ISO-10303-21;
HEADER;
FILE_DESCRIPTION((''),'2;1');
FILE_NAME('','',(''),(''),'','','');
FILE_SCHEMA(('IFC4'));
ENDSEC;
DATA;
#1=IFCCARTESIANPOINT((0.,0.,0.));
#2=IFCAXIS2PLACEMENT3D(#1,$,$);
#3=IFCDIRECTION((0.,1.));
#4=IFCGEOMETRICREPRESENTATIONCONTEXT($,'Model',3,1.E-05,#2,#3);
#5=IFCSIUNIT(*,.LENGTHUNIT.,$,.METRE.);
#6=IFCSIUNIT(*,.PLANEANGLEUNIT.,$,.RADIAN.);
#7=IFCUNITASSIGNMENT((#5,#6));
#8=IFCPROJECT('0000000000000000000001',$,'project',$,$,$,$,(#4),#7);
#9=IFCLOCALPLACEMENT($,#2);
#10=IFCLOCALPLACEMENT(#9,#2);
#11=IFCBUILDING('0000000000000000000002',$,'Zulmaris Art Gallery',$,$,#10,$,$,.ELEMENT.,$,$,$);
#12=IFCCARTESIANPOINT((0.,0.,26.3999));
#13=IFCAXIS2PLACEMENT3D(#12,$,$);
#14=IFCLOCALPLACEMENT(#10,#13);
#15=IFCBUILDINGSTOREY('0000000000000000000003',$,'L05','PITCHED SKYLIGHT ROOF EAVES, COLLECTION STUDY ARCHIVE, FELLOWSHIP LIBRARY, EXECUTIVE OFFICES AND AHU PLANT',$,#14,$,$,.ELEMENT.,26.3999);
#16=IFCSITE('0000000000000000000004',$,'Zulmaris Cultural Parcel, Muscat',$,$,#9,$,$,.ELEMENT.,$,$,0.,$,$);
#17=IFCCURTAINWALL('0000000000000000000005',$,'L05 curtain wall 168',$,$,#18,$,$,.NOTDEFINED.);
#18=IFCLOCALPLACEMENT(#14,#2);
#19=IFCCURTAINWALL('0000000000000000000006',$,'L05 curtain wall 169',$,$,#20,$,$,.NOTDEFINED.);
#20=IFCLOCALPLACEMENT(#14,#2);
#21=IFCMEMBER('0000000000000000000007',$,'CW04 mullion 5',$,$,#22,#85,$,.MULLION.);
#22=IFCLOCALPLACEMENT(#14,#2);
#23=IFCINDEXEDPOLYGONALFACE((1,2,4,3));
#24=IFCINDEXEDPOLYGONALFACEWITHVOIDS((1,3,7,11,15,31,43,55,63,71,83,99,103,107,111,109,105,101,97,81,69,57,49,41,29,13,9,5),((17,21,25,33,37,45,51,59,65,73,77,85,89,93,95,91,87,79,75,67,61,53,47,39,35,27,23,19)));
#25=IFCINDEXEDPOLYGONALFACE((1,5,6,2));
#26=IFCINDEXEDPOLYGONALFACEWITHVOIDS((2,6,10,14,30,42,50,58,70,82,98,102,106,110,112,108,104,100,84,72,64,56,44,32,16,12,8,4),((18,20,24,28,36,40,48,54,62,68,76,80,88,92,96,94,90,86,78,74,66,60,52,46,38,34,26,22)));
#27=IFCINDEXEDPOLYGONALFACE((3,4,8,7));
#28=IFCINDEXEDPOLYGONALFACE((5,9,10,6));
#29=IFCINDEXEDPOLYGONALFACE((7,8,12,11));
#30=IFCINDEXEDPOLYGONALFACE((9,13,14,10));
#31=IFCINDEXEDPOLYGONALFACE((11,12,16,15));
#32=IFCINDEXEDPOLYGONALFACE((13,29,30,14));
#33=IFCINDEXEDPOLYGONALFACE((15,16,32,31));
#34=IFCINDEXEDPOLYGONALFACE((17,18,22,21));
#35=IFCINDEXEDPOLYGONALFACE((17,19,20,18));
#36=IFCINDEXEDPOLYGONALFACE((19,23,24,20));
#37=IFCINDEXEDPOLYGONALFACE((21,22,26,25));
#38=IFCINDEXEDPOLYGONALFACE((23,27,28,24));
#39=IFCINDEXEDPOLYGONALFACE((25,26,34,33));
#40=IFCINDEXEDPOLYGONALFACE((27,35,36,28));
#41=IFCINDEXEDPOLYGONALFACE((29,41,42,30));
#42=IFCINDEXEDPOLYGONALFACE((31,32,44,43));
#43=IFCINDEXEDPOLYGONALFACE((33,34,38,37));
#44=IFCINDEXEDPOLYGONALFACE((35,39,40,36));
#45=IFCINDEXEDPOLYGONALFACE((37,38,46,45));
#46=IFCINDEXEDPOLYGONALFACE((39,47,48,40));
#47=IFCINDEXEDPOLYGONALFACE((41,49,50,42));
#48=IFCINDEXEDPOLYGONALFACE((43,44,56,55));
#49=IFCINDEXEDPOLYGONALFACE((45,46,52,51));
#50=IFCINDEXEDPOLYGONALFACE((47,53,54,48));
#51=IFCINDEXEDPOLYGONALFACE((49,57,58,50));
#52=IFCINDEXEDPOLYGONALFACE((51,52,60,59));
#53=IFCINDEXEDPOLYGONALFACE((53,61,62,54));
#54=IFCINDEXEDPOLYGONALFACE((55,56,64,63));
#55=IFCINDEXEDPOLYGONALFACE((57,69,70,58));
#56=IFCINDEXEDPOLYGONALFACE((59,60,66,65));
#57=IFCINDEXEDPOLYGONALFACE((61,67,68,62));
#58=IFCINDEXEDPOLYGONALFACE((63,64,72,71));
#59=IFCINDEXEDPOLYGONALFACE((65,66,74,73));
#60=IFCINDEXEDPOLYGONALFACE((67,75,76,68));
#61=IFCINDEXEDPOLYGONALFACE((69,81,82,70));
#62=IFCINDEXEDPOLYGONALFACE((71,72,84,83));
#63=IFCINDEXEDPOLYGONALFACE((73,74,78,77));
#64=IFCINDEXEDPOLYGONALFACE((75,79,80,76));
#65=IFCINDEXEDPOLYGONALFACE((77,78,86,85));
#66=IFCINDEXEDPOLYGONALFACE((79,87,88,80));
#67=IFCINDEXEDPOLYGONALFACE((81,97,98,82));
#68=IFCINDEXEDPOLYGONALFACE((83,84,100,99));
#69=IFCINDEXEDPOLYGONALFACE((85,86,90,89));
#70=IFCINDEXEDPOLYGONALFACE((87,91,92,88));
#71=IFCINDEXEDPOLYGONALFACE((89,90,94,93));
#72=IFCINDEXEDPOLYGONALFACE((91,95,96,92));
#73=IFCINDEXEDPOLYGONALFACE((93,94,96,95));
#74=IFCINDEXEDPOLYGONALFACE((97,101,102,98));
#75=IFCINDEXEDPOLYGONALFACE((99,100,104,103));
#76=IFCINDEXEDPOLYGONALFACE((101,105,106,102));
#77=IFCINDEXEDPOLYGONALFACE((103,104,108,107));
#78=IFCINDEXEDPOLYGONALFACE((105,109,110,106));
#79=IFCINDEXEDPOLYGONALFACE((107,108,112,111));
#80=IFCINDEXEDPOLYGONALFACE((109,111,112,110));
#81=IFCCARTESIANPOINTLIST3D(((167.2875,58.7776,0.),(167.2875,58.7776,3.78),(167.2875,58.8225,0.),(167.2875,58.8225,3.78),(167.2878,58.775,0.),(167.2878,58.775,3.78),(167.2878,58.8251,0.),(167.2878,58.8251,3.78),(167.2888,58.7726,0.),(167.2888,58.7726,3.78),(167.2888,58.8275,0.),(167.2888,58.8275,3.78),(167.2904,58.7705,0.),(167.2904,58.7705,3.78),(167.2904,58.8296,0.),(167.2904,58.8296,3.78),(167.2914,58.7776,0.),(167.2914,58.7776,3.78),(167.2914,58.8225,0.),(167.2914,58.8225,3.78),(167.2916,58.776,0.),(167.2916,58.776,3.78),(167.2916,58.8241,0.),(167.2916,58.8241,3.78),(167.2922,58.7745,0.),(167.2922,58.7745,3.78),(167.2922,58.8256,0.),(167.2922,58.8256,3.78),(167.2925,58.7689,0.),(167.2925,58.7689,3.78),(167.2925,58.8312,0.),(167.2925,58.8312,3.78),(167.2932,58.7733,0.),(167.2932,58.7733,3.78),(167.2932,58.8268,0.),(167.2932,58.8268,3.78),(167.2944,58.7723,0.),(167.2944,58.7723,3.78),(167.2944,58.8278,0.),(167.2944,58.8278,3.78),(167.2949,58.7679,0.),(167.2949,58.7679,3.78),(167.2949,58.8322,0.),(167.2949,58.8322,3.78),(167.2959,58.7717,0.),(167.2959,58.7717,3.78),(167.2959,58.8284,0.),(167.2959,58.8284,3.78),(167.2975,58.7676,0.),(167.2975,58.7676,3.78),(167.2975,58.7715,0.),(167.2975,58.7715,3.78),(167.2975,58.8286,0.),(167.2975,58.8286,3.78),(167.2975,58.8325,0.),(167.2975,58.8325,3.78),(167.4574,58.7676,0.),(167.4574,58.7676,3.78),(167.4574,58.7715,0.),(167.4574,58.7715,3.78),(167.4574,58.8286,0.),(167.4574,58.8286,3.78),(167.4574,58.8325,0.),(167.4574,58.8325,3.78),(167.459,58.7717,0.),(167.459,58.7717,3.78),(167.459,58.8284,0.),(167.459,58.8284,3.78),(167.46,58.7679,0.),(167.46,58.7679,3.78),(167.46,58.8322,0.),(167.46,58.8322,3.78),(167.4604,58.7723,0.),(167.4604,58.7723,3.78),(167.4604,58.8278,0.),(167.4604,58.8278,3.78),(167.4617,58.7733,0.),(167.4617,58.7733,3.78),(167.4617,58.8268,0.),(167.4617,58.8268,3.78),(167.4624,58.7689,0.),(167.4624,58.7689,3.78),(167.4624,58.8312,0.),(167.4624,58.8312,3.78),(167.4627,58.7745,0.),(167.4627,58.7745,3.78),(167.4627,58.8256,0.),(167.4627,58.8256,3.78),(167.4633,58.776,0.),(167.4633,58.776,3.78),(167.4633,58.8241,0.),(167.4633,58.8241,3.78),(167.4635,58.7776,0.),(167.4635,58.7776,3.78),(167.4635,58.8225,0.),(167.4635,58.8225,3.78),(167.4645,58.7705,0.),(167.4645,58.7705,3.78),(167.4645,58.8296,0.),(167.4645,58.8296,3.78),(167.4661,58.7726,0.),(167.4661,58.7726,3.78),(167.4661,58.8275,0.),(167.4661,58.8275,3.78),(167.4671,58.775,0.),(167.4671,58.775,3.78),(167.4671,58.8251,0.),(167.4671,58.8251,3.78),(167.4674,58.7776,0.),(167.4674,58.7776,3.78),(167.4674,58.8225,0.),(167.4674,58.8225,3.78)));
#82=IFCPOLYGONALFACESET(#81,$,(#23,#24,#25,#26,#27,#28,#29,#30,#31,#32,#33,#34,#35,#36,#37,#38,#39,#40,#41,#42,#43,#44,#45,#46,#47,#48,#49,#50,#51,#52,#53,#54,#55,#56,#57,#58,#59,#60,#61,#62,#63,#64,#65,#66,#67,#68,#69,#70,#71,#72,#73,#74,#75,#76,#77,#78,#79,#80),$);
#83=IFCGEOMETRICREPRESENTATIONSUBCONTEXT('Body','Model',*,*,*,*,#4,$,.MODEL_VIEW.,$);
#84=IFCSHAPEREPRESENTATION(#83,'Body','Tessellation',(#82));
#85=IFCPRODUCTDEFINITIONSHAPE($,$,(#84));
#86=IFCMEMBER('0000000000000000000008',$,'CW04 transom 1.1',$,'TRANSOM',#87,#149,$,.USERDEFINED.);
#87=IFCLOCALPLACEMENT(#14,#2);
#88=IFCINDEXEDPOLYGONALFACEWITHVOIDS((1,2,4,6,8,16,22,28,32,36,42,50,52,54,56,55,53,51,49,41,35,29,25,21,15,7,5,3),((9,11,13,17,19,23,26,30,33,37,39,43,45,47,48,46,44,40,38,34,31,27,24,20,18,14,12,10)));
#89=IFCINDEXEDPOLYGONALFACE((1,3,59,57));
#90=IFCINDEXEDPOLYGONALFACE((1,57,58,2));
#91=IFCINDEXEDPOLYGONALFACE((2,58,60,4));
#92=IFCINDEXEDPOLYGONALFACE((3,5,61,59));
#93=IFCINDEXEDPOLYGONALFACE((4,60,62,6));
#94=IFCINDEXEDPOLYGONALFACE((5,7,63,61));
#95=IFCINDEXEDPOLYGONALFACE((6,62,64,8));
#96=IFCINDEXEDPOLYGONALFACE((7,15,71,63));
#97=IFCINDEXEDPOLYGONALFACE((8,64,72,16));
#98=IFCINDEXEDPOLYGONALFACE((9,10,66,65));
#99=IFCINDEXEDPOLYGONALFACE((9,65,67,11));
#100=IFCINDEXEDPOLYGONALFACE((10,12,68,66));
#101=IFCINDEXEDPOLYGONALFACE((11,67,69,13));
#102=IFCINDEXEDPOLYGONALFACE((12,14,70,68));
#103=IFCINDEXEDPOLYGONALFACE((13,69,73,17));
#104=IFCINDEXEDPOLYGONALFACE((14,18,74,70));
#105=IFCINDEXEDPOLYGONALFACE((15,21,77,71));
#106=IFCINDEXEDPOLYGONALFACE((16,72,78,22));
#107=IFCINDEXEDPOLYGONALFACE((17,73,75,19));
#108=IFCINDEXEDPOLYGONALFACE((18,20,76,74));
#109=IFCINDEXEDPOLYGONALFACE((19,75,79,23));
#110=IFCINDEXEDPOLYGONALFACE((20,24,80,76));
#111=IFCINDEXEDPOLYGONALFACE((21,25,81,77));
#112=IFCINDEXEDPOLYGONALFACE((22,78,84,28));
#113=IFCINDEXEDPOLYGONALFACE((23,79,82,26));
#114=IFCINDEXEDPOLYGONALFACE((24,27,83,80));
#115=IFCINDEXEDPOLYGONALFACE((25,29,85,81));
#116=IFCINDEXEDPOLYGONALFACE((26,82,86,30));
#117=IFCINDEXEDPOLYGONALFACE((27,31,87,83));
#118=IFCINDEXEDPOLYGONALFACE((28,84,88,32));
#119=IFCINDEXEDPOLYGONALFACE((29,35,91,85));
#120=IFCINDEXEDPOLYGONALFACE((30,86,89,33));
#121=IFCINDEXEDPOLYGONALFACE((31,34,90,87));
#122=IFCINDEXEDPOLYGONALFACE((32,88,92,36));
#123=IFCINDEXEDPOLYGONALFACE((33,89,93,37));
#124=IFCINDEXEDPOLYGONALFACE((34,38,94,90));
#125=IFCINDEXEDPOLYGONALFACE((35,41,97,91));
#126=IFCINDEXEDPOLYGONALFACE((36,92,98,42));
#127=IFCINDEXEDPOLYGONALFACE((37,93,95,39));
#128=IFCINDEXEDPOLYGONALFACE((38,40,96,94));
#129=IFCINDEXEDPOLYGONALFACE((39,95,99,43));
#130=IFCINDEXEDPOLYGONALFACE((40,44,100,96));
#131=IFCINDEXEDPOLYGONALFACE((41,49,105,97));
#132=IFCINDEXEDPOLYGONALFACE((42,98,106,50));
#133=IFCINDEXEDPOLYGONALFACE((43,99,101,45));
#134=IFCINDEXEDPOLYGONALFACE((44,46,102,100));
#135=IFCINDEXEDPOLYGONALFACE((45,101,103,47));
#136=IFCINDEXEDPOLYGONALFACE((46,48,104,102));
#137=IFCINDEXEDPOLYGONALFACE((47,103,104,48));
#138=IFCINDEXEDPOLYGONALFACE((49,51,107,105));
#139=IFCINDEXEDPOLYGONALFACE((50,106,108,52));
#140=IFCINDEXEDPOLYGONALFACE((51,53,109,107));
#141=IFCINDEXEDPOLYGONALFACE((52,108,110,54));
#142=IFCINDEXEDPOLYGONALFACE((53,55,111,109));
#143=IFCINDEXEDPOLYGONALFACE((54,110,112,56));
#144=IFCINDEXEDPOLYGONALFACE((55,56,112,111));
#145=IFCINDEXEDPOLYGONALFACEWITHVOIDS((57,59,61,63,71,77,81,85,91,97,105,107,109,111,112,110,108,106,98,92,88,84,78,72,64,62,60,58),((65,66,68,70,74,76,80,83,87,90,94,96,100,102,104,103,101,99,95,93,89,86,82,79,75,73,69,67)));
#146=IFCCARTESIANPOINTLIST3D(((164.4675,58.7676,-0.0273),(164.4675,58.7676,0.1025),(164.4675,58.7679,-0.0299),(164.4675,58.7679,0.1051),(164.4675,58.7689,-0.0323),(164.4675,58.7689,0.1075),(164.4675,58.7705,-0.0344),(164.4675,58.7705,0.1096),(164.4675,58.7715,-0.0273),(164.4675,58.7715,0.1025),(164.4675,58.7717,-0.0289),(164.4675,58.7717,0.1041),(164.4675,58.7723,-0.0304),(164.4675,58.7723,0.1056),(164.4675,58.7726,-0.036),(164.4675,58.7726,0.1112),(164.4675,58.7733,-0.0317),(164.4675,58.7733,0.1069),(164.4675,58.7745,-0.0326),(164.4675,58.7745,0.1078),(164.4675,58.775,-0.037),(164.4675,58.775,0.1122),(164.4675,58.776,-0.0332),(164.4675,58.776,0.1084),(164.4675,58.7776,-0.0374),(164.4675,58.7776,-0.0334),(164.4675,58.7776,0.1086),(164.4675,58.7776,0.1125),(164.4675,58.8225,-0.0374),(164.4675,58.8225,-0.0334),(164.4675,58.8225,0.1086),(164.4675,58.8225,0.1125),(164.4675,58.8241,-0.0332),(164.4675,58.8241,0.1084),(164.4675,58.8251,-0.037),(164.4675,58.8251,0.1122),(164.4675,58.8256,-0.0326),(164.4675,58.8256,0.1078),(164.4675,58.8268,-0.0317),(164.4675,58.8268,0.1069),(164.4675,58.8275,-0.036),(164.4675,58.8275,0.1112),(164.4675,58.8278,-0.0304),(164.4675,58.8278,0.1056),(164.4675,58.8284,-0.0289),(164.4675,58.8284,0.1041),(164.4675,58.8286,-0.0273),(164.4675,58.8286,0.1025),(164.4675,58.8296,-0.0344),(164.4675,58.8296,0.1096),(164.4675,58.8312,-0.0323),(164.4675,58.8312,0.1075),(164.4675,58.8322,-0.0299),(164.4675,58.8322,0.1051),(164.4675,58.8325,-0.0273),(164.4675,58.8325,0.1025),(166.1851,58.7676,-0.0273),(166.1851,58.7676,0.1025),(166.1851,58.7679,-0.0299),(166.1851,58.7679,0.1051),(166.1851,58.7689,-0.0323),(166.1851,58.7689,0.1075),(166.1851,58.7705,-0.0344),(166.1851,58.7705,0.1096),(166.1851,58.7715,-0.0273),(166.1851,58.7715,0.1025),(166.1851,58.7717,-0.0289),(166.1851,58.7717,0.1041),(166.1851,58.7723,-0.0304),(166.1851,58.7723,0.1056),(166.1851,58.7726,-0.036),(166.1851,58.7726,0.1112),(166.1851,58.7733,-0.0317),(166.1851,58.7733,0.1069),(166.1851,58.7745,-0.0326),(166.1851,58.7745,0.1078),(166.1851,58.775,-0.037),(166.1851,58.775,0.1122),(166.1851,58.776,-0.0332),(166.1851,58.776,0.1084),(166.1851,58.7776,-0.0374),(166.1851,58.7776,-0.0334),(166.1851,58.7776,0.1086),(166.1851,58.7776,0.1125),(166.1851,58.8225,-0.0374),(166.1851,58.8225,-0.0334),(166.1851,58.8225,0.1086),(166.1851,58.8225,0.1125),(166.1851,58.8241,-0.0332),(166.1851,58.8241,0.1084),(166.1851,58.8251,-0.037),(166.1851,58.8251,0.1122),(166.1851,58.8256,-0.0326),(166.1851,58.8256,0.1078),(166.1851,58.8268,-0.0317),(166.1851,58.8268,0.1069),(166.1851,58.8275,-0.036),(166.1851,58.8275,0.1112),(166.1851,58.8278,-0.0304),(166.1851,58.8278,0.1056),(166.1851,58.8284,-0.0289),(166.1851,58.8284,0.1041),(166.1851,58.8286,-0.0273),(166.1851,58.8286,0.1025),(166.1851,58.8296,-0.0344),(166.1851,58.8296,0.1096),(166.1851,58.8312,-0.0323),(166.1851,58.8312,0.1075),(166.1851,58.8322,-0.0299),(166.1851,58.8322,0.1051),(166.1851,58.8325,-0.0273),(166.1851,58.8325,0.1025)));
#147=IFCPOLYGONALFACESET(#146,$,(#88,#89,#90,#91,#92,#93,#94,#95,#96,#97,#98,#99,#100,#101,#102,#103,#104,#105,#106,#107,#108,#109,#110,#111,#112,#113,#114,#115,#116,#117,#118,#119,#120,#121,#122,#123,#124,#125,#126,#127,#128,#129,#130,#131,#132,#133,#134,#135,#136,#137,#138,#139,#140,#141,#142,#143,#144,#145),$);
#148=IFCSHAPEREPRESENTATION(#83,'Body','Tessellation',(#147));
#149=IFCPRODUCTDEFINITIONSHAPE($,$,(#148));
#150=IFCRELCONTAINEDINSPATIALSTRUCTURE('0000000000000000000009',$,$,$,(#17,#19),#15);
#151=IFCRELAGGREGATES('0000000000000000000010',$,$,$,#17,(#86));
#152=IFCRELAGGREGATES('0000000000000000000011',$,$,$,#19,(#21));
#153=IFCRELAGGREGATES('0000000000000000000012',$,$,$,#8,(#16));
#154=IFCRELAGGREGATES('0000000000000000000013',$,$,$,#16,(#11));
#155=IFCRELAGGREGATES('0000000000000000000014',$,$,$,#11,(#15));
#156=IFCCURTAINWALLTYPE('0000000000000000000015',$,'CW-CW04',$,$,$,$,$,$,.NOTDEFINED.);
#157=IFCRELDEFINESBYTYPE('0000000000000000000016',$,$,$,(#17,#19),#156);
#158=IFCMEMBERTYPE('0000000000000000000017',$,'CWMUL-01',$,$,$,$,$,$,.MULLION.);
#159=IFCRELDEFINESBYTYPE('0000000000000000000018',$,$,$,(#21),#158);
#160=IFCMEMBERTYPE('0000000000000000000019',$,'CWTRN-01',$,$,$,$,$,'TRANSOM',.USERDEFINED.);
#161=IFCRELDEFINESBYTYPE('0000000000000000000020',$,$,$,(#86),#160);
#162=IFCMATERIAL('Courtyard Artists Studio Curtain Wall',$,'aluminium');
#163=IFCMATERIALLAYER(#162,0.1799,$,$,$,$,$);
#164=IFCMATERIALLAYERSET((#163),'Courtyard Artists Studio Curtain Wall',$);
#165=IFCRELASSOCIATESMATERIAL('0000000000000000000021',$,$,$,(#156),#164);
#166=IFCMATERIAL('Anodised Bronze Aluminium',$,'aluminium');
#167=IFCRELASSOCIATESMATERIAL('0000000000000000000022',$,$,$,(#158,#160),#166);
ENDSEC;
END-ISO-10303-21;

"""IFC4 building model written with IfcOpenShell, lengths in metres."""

from ifc_helpers import new_model, si_unit, direction, frame, origin, origin_2d, place, context, subcontext, project, spatial, hollow_rectangle, extrude, material, layer, layer_set, material_profile, profile_set, type_object, element, aggregate, save


model = new_model("IFC4")

# Units and contexts
model_context = context("Model", 3, precision=1e-05, world=origin(), true_north=direction((0.0, 1.0)))
body_context = subcontext(model_context, "Body", "Model", "MODEL_VIEW")
ifc_project = project(units=[si_unit("LENGTHUNIT", "METRE"), si_unit("PLANEANGLEUNIT", "RADIAN")], contexts=[model_context])

# Site, building, storey
site_placement = place(None, origin())
site = spatial("IfcSite", under=ifc_project, at=site_placement, Name="Zulmaris Cultural Parcel, Muscat", CompositionType="ELEMENT", RefElevation=0.0)
building_placement = place(site_placement, origin())
building = spatial("IfcBuilding", under=site, at=building_placement, Name="Zulmaris Art Gallery", CompositionType="ELEMENT")
storey_placement = place(building_placement, frame((0.0, 0.0, 26.3999)))
storey = spatial("IfcBuildingStorey", under=building, at=storey_placement, Name="L05", Description="PITCHED SKYLIGHT ROOF EAVES, COLLECTION STUDY ARCHIVE, FELLOWSHIP LIBRARY, EXECUTIVE OFFICES AND AHU PLANT", CompositionType="ELEMENT", Elevation=26.3999)

# Curtain walls, member
ifc_material_1 = material(Name="Courtyard Artists Studio Curtain Wall", Category="aluminium")
ifc_layer_1 = layer(ifc_material_1, 0.1799)
ifc_layer_set_1 = layer_set([ifc_layer_1], Name="Courtyard Artists Studio Curtain Wall")
curtain_wall_type = type_object("IfcCurtainWallType", Name="CW-CW04", PredefinedType="NOTDEFINED", material=ifc_layer_set_1)
curtain_wall_1_placement = place(storey_placement, origin())
curtain_wall_1 = element("IfcCurtainWall", 1, at=curtain_wall_1_placement, inside=storey, type_object=curtain_wall_type, Name="L05 curtain wall 168", PredefinedType="NOTDEFINED")
ifc_material_2 = material(Name="Anodised Bronze Aluminium", Category="aluminium")
ifc_material_profile_1 = material_profile(ifc_material_2, hollow_rectangle(XDim=0.0649, YDim=0.1799, WallThickness=0.0039, InnerFilletRadius=0.0061, OuterFilletRadius=0.01, at=origin_2d()), Name="ALU 65x180x4")
ifc_profile_set_1 = profile_set([ifc_material_profile_1], Name="Anodised Bronze Aluminium")
member_type_1 = type_object("IfcMemberType", Name="CWMUL-01", PredefinedType="MULLION", material=ifc_profile_set_1)
curtain_wall_2_placement = place(storey_placement, origin())
curtain_wall_2 = element("IfcCurtainWall", 2, at=curtain_wall_2_placement, inside=storey, type_object=curtain_wall_type, Name="L05 curtain wall 169", PredefinedType="NOTDEFINED")
member_1_placement = place(storey_placement, frame((167.3774, 58.8, 0.0), z_axis=(0.0, 0.0, 1.0), x_axis=(0.0, -1.0, 0.0)))
member_1 = element("IfcMember", 3, at=member_1_placement, type_object=member_type_1, Name="CW04 mullion 5", PredefinedType="MULLION", context=body_context, shape_type="SweptSolid", body=[
    extrude(hollow_rectangle(XDim=0.0649, YDim=0.1799, WallThickness=0.0039, InnerFilletRadius=0.0061, OuterFilletRadius=0.01, at=origin_2d()), origin(), (0.0, 0.0, 1.0), 3.78),
])

# Member
ifc_material_profile_2 = material_profile(ifc_material_2, hollow_rectangle(XDim=0.0649, YDim=0.1499, WallThickness=0.0039, InnerFilletRadius=0.0061, OuterFilletRadius=0.01, at=origin_2d()), Name="ALU 65x150x4")
ifc_profile_set_2 = profile_set([ifc_material_profile_2], Name="Anodised Bronze Aluminium")
member_type_2 = type_object("IfcMemberType", Name="CWTRN-01", ElementType="TRANSOM", PredefinedType="USERDEFINED", material=ifc_profile_set_2)
member_2_placement = place(storey_placement, frame((166.1851, 58.8, 0.0376), z_axis=(-1.0, 0.0, 0.0), x_axis=(0.0, -1.0, 0.0)))
member_2 = element("IfcMember", 4, at=member_2_placement, type_object=member_type_2, Name="CW04 transom 1.1", ObjectType="TRANSOM", PredefinedType="USERDEFINED", context=body_context, shape_type="SweptSolid", body=[
    extrude(hollow_rectangle(XDim=0.0649, YDim=0.1499, WallThickness=0.0039, InnerFilletRadius=0.0061, OuterFilletRadius=0.01, at=origin_2d()), origin(), (0.0, 0.0, 1.0), 1.7175),
])

aggregate(curtain_wall_1, [member_2])
aggregate(curtain_wall_2, [member_1])

save(model, "model.ifc")
